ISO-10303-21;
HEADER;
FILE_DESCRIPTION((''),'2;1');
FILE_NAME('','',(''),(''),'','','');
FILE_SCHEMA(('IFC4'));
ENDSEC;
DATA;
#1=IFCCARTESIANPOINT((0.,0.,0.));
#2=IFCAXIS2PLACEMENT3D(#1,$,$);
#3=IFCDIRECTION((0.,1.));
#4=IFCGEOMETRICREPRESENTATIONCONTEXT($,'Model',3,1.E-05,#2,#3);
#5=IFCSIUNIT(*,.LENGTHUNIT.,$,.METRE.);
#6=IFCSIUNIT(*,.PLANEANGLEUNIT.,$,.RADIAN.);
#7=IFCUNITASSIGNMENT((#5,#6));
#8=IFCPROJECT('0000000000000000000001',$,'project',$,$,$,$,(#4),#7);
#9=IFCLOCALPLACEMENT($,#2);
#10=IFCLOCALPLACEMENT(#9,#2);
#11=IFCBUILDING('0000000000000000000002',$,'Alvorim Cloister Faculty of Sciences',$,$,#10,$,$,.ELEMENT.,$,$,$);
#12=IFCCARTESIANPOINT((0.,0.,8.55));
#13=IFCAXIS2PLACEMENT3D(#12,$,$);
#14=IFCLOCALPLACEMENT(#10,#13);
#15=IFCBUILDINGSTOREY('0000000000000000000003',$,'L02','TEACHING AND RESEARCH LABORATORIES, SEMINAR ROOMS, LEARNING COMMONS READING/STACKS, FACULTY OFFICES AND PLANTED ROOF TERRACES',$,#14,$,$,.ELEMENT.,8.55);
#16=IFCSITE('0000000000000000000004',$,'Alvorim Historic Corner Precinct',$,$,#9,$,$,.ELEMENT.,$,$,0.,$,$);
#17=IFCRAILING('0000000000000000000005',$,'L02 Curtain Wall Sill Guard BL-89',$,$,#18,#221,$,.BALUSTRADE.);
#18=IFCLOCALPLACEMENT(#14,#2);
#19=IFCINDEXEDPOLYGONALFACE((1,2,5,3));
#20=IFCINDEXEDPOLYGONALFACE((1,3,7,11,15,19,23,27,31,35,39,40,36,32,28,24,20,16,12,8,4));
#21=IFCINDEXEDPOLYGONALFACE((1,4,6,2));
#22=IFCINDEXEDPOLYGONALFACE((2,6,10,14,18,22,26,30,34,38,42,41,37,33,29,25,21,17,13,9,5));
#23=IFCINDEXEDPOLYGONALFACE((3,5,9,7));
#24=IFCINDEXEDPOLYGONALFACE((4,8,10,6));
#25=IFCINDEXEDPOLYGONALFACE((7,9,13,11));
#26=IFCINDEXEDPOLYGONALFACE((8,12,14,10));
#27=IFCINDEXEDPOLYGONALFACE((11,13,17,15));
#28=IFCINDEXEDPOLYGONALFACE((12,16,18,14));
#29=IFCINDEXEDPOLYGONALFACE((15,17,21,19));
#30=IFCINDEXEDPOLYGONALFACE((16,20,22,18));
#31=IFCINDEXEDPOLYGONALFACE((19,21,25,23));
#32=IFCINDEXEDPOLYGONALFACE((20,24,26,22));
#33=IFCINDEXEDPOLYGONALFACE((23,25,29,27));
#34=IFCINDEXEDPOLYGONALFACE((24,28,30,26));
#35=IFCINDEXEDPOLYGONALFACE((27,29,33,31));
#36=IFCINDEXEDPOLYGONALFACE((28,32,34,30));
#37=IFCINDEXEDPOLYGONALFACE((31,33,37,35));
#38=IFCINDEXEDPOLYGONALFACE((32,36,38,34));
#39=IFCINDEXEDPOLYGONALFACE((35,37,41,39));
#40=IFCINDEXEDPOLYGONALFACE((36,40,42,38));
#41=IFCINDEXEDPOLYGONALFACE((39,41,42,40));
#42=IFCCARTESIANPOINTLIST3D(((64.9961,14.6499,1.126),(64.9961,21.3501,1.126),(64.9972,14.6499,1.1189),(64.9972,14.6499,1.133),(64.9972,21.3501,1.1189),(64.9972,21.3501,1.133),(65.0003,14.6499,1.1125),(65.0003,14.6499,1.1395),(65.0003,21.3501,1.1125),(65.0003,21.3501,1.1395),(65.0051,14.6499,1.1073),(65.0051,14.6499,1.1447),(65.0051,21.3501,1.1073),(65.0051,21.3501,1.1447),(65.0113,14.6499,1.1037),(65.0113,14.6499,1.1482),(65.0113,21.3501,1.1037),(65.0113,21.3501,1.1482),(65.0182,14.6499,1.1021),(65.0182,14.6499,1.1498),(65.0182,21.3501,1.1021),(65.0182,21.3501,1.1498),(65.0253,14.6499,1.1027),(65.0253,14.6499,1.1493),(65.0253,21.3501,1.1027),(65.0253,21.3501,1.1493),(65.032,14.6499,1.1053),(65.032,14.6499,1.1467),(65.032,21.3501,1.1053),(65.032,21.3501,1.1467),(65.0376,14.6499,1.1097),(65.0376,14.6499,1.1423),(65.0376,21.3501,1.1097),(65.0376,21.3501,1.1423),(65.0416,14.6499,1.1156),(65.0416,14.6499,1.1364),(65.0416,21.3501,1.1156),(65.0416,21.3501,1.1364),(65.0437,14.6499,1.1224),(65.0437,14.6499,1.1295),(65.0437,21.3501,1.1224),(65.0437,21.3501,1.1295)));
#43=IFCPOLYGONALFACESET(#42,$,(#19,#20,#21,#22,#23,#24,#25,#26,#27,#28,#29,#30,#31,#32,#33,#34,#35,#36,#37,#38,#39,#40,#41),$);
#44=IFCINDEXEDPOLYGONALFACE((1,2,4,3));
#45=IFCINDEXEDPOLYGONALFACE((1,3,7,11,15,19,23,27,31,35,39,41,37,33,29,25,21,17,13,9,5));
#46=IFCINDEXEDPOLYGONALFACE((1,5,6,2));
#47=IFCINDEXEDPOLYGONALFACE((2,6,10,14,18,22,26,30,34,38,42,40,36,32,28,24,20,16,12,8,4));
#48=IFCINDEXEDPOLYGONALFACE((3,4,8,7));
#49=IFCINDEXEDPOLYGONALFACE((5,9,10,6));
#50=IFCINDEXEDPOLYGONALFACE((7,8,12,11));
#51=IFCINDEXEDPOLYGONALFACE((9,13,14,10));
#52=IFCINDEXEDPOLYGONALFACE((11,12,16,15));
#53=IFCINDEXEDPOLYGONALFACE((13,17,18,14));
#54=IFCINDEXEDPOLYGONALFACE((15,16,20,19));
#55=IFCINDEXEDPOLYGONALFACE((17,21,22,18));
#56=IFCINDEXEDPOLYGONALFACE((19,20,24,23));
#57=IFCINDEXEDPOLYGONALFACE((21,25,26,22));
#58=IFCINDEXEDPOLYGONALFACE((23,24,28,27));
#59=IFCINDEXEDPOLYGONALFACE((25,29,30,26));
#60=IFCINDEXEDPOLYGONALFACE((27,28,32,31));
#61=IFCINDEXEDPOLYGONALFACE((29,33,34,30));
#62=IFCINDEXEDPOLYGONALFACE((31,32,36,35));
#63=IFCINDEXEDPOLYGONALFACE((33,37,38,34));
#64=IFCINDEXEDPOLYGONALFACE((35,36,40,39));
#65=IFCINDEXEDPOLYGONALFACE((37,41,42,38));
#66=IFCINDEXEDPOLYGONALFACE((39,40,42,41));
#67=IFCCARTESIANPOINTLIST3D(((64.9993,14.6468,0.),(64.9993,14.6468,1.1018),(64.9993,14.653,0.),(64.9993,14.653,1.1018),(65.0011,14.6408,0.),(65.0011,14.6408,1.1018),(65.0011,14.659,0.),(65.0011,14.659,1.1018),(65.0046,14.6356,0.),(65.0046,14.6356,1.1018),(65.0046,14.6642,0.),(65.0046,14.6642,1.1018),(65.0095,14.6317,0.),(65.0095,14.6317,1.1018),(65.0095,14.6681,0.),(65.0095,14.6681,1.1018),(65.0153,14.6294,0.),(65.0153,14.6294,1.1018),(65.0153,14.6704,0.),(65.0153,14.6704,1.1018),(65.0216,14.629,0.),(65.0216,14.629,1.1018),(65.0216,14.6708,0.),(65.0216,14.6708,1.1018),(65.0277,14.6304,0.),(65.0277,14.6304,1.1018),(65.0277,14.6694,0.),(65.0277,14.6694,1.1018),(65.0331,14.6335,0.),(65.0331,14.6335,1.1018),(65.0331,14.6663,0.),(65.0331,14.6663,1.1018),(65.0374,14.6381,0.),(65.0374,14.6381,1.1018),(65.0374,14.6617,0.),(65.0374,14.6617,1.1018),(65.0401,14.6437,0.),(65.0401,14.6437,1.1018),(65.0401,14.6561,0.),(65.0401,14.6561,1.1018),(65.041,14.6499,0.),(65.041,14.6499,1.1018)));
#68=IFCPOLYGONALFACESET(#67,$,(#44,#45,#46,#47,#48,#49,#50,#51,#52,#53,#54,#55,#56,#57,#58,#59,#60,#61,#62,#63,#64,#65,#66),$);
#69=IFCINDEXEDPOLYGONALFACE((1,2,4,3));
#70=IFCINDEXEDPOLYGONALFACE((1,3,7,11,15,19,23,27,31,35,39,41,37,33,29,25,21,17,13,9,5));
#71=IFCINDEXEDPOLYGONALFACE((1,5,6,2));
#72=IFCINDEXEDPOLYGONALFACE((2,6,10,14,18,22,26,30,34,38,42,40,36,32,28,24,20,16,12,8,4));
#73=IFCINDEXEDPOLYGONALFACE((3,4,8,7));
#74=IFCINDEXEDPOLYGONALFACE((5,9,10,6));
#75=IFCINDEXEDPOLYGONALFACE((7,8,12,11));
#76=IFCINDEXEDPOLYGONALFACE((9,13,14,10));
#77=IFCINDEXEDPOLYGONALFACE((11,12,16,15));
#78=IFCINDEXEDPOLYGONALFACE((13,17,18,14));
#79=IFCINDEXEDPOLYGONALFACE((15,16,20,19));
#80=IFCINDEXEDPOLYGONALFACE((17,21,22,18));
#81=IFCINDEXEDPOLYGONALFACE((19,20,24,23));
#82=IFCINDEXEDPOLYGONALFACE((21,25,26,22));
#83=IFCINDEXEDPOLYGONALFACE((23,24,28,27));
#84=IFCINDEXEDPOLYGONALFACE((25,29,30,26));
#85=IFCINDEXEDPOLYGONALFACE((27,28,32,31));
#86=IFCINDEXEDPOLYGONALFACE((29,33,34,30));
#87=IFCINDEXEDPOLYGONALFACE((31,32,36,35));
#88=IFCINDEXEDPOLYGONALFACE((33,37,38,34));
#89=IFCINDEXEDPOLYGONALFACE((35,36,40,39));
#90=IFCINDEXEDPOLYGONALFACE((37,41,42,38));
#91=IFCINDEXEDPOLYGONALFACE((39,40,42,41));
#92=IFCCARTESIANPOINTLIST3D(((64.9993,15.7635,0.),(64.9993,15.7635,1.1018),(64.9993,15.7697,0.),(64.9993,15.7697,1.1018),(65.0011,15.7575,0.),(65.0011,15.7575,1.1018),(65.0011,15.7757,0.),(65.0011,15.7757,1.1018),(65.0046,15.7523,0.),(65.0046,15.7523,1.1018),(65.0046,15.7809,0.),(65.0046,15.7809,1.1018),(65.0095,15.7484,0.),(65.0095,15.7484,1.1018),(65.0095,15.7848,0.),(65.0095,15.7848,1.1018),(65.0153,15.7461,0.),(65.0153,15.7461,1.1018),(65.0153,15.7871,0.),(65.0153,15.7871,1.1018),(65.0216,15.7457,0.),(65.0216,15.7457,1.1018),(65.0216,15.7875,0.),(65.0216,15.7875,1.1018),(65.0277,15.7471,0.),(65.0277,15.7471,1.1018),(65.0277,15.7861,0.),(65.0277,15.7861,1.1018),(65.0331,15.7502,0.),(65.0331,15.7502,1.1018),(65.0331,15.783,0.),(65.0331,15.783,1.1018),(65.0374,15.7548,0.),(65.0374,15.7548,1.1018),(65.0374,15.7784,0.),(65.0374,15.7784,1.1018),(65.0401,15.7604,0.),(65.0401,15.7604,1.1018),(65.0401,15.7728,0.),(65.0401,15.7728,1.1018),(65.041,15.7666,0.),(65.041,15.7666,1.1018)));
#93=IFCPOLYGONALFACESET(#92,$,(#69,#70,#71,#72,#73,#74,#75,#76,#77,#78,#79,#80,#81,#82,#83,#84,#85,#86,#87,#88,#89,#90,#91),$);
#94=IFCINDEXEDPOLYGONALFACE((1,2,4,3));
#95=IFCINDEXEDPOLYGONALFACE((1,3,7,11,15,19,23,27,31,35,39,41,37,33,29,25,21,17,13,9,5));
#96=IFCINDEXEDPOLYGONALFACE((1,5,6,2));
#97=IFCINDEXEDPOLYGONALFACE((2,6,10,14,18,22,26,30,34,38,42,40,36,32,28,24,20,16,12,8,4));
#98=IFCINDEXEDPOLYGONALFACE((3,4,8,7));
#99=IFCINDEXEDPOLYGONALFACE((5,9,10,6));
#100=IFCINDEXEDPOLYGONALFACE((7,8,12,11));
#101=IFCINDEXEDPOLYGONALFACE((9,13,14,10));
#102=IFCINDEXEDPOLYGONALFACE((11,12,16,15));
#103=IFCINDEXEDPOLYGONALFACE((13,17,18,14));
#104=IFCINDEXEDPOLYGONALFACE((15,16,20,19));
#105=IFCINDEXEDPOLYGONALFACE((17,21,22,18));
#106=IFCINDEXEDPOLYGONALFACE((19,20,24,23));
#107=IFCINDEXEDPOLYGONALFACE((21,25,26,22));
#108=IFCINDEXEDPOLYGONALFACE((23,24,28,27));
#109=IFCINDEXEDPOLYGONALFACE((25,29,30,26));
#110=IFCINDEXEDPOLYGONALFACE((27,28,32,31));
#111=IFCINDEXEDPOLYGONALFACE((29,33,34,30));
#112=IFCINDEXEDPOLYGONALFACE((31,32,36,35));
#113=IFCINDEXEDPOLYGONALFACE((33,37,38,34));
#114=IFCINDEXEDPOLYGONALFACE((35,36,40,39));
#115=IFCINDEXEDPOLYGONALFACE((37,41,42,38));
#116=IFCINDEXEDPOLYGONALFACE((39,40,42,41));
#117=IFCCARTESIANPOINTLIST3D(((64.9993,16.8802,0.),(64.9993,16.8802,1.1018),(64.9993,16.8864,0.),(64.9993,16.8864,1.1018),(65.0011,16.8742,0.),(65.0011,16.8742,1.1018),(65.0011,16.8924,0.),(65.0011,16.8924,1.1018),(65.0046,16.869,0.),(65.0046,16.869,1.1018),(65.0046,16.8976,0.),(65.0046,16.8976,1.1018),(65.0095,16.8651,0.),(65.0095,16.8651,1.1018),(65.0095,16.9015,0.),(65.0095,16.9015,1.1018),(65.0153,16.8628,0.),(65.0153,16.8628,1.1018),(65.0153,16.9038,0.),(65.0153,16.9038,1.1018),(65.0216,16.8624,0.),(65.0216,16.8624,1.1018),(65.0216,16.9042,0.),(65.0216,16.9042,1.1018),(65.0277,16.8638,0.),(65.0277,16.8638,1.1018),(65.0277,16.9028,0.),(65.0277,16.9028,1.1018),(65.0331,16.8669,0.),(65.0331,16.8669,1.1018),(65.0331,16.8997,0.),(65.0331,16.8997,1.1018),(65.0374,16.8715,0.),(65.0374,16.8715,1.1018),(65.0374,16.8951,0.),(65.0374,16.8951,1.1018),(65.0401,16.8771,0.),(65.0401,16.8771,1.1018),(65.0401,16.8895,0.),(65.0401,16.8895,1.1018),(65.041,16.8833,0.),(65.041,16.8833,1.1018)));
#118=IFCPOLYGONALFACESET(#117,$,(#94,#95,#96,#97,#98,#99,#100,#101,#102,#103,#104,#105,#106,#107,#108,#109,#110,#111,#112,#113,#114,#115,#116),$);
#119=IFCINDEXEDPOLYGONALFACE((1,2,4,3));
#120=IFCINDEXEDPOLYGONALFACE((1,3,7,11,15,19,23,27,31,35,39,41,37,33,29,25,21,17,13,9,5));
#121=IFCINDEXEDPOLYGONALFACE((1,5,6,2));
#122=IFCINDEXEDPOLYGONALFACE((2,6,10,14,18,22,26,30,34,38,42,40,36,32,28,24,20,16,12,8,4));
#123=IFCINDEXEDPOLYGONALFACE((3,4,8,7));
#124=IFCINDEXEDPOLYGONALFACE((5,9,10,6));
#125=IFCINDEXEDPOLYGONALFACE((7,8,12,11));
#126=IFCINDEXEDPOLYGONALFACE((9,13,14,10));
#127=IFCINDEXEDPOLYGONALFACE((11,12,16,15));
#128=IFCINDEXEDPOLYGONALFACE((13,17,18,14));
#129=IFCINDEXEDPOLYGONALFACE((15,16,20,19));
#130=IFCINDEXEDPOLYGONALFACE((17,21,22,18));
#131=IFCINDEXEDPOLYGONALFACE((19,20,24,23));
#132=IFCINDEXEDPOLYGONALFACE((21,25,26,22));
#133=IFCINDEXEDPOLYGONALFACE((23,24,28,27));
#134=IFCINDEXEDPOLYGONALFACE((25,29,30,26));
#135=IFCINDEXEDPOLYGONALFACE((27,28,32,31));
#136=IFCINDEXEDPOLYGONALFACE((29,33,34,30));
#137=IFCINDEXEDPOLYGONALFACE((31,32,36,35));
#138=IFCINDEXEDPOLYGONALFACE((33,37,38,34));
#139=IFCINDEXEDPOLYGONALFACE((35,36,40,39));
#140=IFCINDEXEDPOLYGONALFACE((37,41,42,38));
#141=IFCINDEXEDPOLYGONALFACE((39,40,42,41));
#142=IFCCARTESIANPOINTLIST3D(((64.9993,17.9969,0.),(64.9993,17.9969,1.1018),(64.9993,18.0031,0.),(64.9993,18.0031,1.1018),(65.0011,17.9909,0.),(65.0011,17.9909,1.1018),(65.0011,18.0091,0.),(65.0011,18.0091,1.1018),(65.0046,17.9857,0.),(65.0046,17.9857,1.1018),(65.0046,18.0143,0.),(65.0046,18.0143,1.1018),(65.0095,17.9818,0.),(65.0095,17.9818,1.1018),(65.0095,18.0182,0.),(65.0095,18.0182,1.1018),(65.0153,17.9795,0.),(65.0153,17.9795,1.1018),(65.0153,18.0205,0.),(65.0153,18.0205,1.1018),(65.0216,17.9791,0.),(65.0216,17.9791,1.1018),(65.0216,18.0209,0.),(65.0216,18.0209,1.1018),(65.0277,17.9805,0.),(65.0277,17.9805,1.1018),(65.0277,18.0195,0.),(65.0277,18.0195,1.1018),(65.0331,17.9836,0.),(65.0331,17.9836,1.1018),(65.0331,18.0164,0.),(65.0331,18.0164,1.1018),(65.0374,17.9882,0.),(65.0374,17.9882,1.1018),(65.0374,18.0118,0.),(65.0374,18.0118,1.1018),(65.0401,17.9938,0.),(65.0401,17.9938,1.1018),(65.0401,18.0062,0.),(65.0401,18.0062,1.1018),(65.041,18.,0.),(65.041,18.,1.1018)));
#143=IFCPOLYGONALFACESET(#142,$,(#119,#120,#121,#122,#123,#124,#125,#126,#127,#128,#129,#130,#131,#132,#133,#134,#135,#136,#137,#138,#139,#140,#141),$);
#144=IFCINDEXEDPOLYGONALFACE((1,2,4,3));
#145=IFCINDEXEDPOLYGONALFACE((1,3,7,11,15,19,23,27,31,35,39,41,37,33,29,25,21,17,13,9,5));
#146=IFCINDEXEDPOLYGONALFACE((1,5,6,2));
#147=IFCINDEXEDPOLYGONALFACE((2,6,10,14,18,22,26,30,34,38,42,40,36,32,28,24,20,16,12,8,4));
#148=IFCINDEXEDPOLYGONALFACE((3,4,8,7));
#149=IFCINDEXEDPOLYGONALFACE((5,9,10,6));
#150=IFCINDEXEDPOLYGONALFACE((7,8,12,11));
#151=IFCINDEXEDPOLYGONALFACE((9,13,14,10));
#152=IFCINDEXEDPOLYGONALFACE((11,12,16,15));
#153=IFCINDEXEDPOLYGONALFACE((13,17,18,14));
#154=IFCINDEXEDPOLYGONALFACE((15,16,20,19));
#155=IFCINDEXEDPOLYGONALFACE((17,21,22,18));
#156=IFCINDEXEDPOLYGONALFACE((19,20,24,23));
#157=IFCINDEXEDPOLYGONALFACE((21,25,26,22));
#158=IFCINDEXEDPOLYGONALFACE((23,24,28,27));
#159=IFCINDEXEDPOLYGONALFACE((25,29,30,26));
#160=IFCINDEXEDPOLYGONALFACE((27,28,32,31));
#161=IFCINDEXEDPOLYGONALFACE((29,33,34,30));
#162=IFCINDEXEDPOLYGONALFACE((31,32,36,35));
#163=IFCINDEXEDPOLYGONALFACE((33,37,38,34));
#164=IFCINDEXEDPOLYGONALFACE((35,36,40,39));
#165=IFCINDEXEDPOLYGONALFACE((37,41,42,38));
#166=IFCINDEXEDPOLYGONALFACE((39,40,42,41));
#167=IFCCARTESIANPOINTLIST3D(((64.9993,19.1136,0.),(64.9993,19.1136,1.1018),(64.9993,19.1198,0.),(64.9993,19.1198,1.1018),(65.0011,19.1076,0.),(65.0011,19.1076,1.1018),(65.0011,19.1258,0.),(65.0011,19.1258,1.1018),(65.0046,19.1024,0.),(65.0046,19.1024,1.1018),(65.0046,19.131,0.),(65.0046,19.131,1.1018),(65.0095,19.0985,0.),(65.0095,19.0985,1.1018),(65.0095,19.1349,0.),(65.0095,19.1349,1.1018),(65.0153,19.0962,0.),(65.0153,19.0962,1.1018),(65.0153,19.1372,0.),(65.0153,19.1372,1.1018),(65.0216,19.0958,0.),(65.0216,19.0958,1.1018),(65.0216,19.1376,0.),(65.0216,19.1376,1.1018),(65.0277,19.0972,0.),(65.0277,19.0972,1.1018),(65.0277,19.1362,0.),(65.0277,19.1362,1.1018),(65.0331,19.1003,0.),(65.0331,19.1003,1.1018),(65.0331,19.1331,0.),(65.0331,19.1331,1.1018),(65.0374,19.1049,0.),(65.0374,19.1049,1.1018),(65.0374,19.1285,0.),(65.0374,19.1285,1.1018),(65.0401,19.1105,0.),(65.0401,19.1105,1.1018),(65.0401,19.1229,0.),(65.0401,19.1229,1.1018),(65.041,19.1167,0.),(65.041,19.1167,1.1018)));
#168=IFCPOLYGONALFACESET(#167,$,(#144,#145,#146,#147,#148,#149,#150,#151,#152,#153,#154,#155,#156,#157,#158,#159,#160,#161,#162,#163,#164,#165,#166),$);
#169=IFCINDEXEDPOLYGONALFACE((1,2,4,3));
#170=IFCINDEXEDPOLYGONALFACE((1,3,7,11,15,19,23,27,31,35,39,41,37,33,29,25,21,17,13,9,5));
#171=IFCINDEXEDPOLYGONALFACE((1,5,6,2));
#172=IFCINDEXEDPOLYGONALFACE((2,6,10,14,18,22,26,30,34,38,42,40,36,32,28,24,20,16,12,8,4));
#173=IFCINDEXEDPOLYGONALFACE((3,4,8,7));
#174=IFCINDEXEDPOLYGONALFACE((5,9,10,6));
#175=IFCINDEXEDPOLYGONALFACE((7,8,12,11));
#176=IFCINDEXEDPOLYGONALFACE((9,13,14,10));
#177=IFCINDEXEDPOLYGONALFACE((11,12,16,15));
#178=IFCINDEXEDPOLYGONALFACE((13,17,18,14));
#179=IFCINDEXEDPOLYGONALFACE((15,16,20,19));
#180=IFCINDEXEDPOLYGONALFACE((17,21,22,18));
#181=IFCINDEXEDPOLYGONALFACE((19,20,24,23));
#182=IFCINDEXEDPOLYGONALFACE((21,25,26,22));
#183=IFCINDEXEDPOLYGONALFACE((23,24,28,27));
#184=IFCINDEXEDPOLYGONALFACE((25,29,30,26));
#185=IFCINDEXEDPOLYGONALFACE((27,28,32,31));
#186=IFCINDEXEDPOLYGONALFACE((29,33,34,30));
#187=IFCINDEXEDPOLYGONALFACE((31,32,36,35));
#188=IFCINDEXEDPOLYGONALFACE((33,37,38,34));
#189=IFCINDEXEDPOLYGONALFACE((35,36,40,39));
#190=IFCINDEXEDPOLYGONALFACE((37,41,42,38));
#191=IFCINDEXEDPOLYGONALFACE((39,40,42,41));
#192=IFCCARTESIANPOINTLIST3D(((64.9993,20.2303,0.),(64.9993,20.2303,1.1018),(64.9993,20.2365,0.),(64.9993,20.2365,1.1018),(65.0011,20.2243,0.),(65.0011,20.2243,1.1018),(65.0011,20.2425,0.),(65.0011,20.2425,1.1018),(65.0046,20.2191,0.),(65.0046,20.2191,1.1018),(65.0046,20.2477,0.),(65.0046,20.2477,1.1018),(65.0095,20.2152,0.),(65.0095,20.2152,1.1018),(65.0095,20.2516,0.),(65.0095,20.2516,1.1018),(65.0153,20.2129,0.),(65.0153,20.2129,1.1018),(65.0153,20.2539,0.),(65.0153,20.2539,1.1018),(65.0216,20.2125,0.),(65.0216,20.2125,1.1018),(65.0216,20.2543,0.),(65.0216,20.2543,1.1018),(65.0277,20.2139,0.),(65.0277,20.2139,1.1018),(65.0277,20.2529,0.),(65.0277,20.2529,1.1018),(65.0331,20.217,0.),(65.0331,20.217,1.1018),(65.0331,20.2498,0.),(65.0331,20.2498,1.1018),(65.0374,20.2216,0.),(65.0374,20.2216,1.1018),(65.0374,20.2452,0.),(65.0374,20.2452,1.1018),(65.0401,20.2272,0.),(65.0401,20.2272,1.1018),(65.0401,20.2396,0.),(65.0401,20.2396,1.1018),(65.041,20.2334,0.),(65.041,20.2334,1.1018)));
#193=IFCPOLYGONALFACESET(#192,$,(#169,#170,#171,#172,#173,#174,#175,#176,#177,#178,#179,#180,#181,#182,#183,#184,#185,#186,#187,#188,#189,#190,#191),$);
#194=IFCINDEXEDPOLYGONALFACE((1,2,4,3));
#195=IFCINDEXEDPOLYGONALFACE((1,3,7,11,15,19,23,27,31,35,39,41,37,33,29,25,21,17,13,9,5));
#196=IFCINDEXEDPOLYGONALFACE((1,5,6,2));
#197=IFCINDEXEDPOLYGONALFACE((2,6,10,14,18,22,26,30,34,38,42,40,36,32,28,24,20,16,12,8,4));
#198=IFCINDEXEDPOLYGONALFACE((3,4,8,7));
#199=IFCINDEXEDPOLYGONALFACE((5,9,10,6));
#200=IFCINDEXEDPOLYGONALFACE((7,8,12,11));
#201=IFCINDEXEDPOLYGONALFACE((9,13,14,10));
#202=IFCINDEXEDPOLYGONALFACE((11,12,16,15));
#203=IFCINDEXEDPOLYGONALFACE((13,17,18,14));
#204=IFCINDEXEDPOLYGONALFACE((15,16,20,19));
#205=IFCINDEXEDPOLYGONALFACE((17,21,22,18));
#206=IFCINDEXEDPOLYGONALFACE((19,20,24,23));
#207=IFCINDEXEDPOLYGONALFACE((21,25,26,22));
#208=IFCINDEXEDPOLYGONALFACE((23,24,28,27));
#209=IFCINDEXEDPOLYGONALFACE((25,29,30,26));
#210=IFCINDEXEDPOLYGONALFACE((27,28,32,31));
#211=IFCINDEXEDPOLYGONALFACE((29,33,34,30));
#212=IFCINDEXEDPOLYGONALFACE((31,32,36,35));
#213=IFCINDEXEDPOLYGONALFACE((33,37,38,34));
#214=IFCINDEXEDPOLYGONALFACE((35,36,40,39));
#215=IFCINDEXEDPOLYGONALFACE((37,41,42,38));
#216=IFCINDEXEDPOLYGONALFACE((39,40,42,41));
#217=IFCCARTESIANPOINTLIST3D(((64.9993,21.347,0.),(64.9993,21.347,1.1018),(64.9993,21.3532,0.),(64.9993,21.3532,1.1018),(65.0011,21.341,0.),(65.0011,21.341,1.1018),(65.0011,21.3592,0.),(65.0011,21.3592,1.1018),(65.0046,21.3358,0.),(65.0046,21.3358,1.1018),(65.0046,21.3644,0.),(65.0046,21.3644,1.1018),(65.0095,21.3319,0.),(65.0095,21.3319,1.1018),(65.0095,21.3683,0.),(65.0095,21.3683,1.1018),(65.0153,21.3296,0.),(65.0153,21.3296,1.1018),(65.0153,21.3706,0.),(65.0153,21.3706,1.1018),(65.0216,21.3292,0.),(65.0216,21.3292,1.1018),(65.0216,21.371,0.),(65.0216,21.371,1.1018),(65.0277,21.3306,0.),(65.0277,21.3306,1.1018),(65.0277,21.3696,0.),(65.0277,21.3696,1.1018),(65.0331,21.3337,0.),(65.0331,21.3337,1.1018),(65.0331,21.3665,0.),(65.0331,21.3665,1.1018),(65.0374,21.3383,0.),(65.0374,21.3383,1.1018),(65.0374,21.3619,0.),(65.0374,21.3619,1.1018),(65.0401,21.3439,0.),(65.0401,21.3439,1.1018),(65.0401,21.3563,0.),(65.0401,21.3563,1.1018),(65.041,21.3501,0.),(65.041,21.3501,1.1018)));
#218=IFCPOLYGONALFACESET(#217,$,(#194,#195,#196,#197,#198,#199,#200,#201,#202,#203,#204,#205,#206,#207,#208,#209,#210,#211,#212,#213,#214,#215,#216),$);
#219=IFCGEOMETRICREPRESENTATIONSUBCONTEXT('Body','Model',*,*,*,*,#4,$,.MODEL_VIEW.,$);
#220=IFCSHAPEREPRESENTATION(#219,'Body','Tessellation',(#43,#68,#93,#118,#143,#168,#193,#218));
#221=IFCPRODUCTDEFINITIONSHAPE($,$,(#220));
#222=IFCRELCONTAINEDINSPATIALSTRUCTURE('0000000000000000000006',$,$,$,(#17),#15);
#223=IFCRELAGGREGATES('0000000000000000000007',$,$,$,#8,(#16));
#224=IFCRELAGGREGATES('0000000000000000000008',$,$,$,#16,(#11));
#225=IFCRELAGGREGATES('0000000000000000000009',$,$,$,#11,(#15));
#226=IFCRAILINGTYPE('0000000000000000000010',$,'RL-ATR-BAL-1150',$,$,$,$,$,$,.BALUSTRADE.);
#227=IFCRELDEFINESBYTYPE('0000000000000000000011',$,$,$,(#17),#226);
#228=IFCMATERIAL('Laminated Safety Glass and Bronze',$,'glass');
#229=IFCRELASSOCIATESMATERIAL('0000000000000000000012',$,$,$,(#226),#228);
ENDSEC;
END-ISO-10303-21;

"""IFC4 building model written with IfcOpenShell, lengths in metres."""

from ifc_helpers import new_model, si_unit, direction, frame, origin, origin_2d, place, context, subcontext, project, spatial, circle, extrude, material, type_object, element, save


model = new_model("IFC4")

# Units and contexts
model_context = context("Model", 3, precision=1e-05, world=origin(), true_north=direction((0.0, 1.0)))
body_context = subcontext(model_context, "Body", "Model", "MODEL_VIEW")
ifc_project = project(units=[si_unit("LENGTHUNIT", "METRE"), si_unit("PLANEANGLEUNIT", "RADIAN")], contexts=[model_context])

# Site, building, storey
site_placement = place(None, origin())
site = spatial("IfcSite", under=ifc_project, at=site_placement, Name="Alvorim Historic Corner Precinct", CompositionType="ELEMENT", RefElevation=0.0)
building_placement = place(site_placement, origin())
building = spatial("IfcBuilding", under=site, at=building_placement, Name="Alvorim Cloister Faculty of Sciences", CompositionType="ELEMENT")
storey_placement = place(building_placement, frame((0.0, 0.0, 8.55)))
storey = spatial("IfcBuildingStorey", under=building, at=storey_placement, Name="L02", Description="TEACHING AND RESEARCH LABORATORIES, SEMINAR ROOMS, LEARNING COMMONS READING/STACKS, FACULTY OFFICES AND PLANTED ROOF TERRACES", CompositionType="ELEMENT", Elevation=8.55)

# Railing
ifc_material_1 = material(Name="Laminated Safety Glass and Bronze", Category="glass")
railing_type = type_object("IfcRailingType", Name="RL-ATR-BAL-1150", PredefinedType="BALUSTRADE", material=ifc_material_1)
railing_placement = place(storey_placement, frame((65.02, 14.6499, 0.0)))
element("IfcRailing", 1, at=railing_placement, inside=storey, type_object=railing_type, Name="L02 Curtain Wall Sill Guard BL-89", PredefinedType="BALUSTRADE", context=body_context, shape_type="SweptSolid", body=[
    extrude(circle(Radius=0.0239, at=origin_2d()), frame((0.0, 0.0, 1.126), z_axis=(0.0, 1.0, 0.0), x_axis=(-1.0, 0.0, 0.0)), (0.0, 0.0, 1.0), 6.7002),
    extrude(circle(Radius=0.021, at=origin_2d()), origin(), (0.0, 0.0, 1.0), 1.1018),
    extrude(circle(Radius=0.021, at=origin_2d()), frame((0.0, 1.1167, 0.0)), (0.0, 0.0, 1.0), 1.1018),
    extrude(circle(Radius=0.021, at=origin_2d()), frame((0.0, 2.2334, 0.0)), (0.0, 0.0, 1.0), 1.1018),
    extrude(circle(Radius=0.021, at=origin_2d()), frame((0.0, 3.3501, 0.0)), (0.0, 0.0, 1.0), 1.1018),
    extrude(circle(Radius=0.021, at=origin_2d()), frame((0.0, 4.4668, 0.0)), (0.0, 0.0, 1.0), 1.1018),
    extrude(circle(Radius=0.021, at=origin_2d()), frame((0.0, 5.5835, 0.0)), (0.0, 0.0, 1.0), 1.1018),
    extrude(circle(Radius=0.021, at=origin_2d()), frame((0.0, 6.7002, 0.0)), (0.0, 0.0, 1.0), 1.1018),
])

save(model, "model.ifc")
